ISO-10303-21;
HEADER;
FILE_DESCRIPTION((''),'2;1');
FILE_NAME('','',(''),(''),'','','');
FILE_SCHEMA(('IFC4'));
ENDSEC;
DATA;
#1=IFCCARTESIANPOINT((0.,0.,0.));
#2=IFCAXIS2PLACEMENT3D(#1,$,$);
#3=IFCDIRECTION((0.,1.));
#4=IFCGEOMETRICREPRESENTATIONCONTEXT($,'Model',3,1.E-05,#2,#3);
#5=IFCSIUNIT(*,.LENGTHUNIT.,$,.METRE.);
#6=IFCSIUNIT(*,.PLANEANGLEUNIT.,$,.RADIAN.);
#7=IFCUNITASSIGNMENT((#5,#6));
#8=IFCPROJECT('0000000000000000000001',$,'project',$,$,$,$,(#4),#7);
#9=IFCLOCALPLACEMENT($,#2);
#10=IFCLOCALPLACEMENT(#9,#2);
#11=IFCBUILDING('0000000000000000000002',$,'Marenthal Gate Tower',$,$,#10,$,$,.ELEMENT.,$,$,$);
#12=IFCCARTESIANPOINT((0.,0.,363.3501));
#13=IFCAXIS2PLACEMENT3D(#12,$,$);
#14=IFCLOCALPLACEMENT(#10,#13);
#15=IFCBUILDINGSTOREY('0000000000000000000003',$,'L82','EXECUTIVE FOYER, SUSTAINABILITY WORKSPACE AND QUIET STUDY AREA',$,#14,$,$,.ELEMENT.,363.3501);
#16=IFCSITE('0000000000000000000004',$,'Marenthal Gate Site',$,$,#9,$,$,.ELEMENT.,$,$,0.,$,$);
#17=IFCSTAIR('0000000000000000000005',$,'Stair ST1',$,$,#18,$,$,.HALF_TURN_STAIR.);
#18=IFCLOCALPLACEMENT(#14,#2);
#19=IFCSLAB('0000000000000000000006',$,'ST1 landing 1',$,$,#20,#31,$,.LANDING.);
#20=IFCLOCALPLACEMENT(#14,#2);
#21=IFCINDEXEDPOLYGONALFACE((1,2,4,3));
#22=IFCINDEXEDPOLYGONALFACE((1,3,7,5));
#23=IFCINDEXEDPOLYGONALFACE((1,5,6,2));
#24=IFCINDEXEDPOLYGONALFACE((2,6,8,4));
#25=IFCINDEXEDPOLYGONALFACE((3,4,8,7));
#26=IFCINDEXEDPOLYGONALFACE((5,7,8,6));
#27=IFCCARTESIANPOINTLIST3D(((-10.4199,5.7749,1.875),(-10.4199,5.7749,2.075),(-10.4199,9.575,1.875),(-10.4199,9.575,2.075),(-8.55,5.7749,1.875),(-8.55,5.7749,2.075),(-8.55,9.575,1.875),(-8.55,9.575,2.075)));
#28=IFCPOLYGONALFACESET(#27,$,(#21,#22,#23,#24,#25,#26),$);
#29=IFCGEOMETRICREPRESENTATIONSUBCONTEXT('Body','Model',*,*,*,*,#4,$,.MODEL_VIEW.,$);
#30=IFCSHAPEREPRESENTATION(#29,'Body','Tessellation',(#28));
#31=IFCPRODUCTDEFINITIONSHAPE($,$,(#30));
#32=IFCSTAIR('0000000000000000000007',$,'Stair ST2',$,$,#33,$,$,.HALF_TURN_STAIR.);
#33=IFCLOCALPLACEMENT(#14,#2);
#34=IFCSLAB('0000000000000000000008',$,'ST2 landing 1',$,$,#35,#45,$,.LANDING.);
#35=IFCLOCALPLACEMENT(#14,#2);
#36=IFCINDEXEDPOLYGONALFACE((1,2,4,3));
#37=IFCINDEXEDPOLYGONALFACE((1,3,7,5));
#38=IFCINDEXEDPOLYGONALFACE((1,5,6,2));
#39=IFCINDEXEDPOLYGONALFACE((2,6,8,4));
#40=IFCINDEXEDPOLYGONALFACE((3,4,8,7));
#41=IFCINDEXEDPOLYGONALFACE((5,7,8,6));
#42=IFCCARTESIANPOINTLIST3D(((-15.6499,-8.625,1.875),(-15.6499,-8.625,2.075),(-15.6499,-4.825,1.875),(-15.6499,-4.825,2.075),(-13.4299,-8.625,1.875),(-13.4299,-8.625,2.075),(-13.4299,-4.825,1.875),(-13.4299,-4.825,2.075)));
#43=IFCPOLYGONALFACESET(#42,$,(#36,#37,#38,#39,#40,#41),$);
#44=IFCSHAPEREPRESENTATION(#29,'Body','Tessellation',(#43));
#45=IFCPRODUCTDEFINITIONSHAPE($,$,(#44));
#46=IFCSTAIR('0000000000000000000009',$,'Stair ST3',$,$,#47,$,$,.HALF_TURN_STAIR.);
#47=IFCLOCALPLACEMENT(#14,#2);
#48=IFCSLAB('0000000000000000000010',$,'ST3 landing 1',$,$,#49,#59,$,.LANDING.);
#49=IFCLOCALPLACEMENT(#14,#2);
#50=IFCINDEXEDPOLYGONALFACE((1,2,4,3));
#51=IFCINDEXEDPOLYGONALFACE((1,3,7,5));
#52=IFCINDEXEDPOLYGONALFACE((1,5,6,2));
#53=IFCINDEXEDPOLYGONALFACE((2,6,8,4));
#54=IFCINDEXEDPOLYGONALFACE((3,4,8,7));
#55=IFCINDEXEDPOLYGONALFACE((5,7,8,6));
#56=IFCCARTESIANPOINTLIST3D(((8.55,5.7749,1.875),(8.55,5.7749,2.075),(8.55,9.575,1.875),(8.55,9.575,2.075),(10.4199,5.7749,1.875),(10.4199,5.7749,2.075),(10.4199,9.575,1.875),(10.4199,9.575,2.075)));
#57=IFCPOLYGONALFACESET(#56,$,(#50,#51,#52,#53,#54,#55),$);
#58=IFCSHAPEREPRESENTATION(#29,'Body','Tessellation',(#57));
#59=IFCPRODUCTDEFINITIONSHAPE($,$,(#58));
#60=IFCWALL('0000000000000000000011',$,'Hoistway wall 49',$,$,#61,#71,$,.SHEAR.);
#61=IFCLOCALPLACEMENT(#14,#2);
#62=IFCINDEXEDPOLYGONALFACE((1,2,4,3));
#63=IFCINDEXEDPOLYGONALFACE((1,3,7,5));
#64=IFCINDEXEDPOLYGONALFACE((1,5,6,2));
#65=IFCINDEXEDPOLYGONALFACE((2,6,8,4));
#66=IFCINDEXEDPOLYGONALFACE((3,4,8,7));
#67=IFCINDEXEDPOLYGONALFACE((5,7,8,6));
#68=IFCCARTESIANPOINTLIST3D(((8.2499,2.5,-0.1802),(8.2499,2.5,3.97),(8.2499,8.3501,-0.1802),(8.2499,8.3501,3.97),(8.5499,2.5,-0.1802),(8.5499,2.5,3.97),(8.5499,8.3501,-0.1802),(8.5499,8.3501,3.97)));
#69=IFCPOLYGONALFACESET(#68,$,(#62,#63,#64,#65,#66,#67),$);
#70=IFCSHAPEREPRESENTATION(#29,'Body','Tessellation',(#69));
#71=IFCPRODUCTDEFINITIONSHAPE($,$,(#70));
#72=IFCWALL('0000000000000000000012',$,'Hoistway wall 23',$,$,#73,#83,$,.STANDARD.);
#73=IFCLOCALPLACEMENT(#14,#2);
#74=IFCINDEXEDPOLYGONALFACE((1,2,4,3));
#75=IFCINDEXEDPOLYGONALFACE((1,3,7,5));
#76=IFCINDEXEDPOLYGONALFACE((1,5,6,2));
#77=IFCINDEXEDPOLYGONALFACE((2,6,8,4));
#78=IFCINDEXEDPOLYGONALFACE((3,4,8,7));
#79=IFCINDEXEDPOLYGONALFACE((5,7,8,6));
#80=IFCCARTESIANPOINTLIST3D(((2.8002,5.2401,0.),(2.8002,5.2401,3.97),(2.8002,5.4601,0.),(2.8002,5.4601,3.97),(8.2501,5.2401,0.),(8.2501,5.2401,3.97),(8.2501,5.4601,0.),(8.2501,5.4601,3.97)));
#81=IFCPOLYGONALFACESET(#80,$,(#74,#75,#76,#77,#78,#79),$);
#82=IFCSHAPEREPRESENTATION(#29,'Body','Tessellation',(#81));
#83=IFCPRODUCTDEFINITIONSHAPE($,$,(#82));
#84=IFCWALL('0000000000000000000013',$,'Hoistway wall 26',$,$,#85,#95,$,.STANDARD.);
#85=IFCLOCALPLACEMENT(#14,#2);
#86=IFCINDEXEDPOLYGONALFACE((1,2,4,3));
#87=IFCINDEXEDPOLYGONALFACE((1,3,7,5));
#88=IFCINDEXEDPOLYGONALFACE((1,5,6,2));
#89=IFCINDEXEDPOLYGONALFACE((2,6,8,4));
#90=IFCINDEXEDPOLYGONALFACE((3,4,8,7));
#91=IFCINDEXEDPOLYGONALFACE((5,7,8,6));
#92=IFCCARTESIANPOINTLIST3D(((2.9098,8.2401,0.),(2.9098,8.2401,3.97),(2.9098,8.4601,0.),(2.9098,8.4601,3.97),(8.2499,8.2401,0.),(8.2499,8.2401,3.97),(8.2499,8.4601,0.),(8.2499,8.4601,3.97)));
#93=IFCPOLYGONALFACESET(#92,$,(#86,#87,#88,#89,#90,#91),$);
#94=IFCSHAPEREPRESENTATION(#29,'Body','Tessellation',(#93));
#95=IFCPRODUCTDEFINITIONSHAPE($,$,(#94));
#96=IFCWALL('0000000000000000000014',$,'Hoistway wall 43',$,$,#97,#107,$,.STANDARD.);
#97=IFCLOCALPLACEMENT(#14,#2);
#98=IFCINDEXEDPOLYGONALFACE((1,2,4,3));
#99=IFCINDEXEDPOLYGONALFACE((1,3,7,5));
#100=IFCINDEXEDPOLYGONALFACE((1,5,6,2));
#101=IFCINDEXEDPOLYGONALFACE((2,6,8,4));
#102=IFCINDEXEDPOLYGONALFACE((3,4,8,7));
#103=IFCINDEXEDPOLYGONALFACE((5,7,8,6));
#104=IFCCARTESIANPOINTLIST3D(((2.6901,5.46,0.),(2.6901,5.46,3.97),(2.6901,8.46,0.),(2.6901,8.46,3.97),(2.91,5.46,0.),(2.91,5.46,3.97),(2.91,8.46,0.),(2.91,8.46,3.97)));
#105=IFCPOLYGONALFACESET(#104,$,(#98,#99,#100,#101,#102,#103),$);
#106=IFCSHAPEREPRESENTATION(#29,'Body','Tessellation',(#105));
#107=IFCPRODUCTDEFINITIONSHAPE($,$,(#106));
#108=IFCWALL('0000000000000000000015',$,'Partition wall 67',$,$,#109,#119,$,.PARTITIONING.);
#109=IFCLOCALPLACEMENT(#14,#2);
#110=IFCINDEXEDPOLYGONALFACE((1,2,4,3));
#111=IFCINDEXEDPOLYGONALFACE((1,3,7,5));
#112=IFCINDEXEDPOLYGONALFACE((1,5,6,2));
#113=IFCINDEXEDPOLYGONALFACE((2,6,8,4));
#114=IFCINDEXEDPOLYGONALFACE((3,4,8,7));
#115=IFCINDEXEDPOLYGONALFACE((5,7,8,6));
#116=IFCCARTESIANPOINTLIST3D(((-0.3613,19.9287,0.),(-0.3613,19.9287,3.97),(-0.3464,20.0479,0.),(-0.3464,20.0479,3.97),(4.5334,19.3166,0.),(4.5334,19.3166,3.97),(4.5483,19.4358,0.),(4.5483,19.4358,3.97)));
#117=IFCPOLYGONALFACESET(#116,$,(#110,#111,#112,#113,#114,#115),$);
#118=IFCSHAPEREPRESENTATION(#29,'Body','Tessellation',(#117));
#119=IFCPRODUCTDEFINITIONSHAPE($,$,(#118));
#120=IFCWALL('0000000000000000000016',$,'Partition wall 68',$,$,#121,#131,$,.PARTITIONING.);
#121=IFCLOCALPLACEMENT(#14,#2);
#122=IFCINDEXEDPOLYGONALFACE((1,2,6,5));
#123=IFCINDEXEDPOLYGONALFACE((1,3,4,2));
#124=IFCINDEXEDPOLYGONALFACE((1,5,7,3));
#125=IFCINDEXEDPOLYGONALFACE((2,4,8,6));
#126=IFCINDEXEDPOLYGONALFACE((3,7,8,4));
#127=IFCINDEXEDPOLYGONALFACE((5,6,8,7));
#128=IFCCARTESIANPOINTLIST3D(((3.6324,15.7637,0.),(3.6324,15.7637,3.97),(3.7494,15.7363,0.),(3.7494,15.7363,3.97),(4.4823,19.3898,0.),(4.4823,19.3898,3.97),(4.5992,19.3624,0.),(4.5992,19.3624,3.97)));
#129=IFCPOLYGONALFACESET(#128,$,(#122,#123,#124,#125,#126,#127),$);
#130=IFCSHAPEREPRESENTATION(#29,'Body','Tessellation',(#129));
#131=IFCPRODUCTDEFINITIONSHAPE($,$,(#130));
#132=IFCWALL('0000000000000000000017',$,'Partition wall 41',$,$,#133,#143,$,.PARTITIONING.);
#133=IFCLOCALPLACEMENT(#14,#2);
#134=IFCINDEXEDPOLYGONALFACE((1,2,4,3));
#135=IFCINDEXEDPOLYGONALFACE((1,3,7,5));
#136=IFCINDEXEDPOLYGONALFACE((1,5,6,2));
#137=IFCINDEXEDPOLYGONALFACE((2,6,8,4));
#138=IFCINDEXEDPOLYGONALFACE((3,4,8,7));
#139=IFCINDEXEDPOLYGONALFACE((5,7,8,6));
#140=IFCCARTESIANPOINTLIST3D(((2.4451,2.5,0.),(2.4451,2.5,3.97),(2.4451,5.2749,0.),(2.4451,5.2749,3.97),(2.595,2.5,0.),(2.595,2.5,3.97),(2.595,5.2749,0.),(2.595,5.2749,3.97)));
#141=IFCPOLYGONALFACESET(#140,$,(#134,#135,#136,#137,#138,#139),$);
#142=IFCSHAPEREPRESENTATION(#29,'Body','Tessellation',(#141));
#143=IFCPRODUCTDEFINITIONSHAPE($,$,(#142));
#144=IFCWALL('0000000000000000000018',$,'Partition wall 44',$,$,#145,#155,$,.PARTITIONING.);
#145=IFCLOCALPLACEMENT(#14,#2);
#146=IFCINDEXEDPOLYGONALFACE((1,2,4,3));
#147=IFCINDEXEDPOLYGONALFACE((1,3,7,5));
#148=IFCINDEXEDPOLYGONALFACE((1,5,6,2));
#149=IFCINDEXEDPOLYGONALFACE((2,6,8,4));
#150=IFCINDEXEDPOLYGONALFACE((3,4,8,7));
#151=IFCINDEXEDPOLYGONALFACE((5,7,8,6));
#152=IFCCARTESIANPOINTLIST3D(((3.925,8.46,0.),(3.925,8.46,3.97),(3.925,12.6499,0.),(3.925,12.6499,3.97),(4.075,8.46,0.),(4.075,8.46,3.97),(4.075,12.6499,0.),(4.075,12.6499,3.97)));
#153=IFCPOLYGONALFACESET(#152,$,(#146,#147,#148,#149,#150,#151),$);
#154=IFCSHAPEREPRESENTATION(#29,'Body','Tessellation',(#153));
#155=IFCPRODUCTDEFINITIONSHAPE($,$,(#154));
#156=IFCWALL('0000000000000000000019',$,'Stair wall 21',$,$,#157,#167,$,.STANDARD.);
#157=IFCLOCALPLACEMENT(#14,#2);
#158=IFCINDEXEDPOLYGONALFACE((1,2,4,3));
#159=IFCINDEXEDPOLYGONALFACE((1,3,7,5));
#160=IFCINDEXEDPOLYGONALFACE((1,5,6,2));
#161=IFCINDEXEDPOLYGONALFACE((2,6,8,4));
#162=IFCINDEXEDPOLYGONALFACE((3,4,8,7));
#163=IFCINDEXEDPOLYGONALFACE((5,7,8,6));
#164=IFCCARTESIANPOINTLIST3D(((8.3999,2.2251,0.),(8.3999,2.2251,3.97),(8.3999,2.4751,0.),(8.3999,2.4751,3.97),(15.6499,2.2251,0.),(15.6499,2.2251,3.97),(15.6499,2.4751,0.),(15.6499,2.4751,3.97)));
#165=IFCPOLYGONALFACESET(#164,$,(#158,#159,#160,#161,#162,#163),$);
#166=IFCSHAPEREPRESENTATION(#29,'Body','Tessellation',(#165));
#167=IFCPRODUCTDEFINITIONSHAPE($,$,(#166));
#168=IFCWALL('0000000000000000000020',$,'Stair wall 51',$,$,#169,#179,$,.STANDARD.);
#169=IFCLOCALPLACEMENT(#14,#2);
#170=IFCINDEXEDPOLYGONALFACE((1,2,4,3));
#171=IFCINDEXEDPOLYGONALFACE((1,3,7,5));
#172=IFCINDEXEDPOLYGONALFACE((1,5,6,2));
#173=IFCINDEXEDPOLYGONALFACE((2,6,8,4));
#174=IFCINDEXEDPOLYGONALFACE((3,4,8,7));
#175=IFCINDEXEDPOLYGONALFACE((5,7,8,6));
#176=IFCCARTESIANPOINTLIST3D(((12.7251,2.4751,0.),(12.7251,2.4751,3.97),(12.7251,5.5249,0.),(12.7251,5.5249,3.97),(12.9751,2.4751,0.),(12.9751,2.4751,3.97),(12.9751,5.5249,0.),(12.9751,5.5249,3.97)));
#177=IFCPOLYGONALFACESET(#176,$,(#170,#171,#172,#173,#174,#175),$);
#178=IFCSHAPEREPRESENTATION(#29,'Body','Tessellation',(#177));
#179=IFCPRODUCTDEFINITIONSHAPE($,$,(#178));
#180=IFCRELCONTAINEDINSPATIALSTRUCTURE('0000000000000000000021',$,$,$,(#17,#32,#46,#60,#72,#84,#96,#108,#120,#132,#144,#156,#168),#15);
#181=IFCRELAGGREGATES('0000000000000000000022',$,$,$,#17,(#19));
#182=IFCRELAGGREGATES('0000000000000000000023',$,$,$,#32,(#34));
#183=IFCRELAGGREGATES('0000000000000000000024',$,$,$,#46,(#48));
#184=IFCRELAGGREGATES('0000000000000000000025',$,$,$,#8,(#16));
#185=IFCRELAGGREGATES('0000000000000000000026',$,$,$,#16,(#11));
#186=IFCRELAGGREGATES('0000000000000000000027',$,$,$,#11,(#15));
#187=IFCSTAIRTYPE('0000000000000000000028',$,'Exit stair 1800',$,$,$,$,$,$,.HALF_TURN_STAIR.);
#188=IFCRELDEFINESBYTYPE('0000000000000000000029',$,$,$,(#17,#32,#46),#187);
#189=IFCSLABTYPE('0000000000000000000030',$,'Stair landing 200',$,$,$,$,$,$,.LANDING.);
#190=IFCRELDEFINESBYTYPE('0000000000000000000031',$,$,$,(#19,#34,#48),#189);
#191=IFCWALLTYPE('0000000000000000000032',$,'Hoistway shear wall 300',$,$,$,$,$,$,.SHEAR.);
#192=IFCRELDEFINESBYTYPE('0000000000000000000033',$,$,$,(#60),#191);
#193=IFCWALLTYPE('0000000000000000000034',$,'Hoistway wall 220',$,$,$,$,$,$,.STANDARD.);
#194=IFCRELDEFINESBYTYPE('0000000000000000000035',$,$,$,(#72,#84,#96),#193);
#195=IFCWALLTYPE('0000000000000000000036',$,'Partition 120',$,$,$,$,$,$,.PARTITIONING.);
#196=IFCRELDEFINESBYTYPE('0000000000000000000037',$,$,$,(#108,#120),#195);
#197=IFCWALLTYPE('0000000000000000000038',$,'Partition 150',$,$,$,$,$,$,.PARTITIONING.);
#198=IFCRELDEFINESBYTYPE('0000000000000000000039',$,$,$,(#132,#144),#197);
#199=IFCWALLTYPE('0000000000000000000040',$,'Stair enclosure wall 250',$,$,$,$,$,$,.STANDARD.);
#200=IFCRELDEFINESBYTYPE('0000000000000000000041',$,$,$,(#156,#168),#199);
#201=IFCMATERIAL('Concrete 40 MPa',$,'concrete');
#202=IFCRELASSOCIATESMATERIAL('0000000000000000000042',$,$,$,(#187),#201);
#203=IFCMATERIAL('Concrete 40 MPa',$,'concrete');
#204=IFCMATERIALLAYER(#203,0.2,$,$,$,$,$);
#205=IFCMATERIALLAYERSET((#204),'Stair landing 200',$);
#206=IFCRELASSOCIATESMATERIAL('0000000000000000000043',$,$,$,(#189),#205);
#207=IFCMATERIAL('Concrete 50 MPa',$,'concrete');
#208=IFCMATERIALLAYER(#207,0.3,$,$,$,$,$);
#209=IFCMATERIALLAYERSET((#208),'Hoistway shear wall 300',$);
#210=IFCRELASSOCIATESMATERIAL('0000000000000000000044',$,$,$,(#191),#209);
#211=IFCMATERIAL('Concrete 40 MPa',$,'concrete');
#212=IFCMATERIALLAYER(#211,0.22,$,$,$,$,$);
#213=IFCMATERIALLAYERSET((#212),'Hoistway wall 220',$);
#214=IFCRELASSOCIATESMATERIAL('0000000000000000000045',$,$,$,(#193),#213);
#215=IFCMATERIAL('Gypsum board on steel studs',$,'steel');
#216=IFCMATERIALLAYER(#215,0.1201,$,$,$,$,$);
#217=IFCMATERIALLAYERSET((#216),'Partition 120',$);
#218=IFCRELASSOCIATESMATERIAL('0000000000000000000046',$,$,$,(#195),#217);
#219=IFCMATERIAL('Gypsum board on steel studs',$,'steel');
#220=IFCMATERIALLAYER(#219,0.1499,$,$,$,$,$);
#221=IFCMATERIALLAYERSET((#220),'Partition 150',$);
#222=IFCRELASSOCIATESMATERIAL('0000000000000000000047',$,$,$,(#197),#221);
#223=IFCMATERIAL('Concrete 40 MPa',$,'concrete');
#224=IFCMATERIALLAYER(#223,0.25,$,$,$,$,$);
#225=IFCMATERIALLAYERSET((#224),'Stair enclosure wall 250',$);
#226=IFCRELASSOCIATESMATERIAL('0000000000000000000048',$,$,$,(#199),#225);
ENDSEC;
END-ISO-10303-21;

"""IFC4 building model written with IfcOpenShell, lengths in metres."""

from ifc_helpers import new_model, si_unit, direction, frame, frame_2d, origin, place, context, subcontext, project, spatial, polyline, rectangle, outline, extrude, material, layer, layer_set, type_object, element, aggregate, save


model = new_model("IFC4")

# Units and contexts
model_context = context("Model", 3, precision=1e-05, world=origin(), true_north=direction((0.0, 1.0)))
body_context = subcontext(model_context, "Body", "Model", "MODEL_VIEW")
ifc_project = project(units=[si_unit("LENGTHUNIT", "METRE"), si_unit("PLANEANGLEUNIT", "RADIAN")], contexts=[model_context])

# Site, building, storey
site_placement = place(None, origin())
site = spatial("IfcSite", under=ifc_project, at=site_placement, Name="Marenthal Gate Site", CompositionType="ELEMENT", RefElevation=0.0)
building_placement = place(site_placement, origin())
building = spatial("IfcBuilding", under=site, at=building_placement, Name="Marenthal Gate Tower", CompositionType="ELEMENT")
storey_placement = place(building_placement, frame((0.0, 0.0, 363.3501)))
storey = spatial("IfcBuildingStorey", under=building, at=storey_placement, Name="L82", Description="EXECUTIVE FOYER, SUSTAINABILITY WORKSPACE AND QUIET STUDY AREA", CompositionType="ELEMENT", Elevation=363.3501)

# Stairs, slabs
ifc_material_1 = material(Name="Concrete 40 MPa", Category="concrete")
stair_type = type_object("IfcStairType", Name="Exit stair 1800", PredefinedType="HALF_TURN_STAIR", material=ifc_material_1)
stair_1_placement = place(storey_placement, origin())
stair_1 = element("IfcStair", 1, at=stair_1_placement, inside=storey, type_object=stair_type, Name="Stair ST1", PredefinedType="HALF_TURN_STAIR")
ifc_material_2 = material(Name="Concrete 40 MPa", Category="concrete")
ifc_layer_1 = layer(ifc_material_2, 0.2)
ifc_layer_set_1 = layer_set([ifc_layer_1], Name="Stair landing 200")
slab_type_1 = type_object("IfcSlabType", Name="Stair landing 200", PredefinedType="LANDING", material=ifc_layer_set_1)
slab_1_placement = place(storey_placement, frame((0.0, 0.0, 1.875)))
slab_1 = element("IfcSlab", 2, at=slab_1_placement, type_object=slab_type_1, Name="ST1 landing 1", PredefinedType="LANDING", context=body_context, shape_type="SweptSolid", body=[
    extrude(outline(polyline([(-10.4199, 5.7749), (-8.55, 5.7749), (-8.55, 9.575), (-10.4199, 9.575), (-10.4199, 5.7749)])), origin(), (0.0, 0.0, 1.0), 0.2),
])
aggregate(stair_1, [slab_1])
stair_2_placement = place(storey_placement, origin())
stair_2 = element("IfcStair", 3, at=stair_2_placement, inside=storey, type_object=stair_type, Name="Stair ST2", PredefinedType="HALF_TURN_STAIR")
slab_2_placement = place(storey_placement, frame((0.0, 0.0, 1.875)))
slab_2 = element("IfcSlab", 4, at=slab_2_placement, type_object=slab_type_1, Name="ST2 landing 1", PredefinedType="LANDING", context=body_context, shape_type="SweptSolid", body=[
    extrude(outline(polyline([(-15.6499, -8.625), (-13.4299, -8.625), (-13.4299, -4.825), (-15.6499, -4.825), (-15.6499, -8.625)])), origin(), (0.0, 0.0, 1.0), 0.2),
])
aggregate(stair_2, [slab_2])
stair_3_placement = place(storey_placement, origin())
stair_3 = element("IfcStair", 5, at=stair_3_placement, inside=storey, type_object=stair_type, Name="Stair ST3", PredefinedType="HALF_TURN_STAIR")
slab_3_placement = place(storey_placement, frame((0.0, 0.0, 1.875)))
slab_3 = element("IfcSlab", 6, at=slab_3_placement, type_object=slab_type_1, Name="ST3 landing 1", PredefinedType="LANDING", context=body_context, shape_type="SweptSolid", body=[
    extrude(outline(polyline([(8.55, 5.7749), (10.4199, 5.7749), (10.4199, 9.575), (8.55, 9.575), (8.55, 5.7749)])), origin(), (0.0, 0.0, 1.0), 0.2),
])

# Walls
ifc_material_3 = material(Name="Concrete 50 MPa", Category="concrete")
ifc_layer_2 = layer(ifc_material_3, 0.3)
ifc_layer_set_2 = layer_set([ifc_layer_2], Name="Hoistway shear wall 300")
wall_type_1 = type_object("IfcWallType", Name="Hoistway shear wall 300", PredefinedType="SHEAR", material=ifc_layer_set_2)
wall_1_placement = place(storey_placement, frame((8.3999, 2.5, -0.1802), z_axis=(0.0, 0.0, 1.0), x_axis=(0.0, 1.0, 0.0)))
element("IfcWall", 7, at=wall_1_placement, inside=storey, type_object=wall_type_1, Name="Hoistway wall 49", PredefinedType="SHEAR", context=body_context, shape_type="SweptSolid", body=[
    extrude(rectangle(XDim=5.8501, YDim=0.3, at=frame_2d((2.925, 0.0))), origin(), (0.0, 0.0, 1.0), 4.1501),
])
ifc_material_4 = material(Name="Concrete 40 MPa", Category="concrete")
ifc_layer_3 = layer(ifc_material_4, 0.22)
ifc_layer_set_3 = layer_set([ifc_layer_3], Name="Hoistway wall 220")
wall_type_2 = type_object("IfcWallType", Name="Hoistway wall 220", PredefinedType="STANDARD", material=ifc_layer_set_3)
wall_2_placement = place(storey_placement, frame((2.8, 5.3501, 0.0), z_axis=(0.0, 0.0, 1.0), x_axis=(1.0, 0.0, 0.0)))
element("IfcWall", 8, at=wall_2_placement, inside=storey, type_object=wall_type_2, Name="Hoistway wall 23", PredefinedType="STANDARD", context=body_context, shape_type="SweptSolid", body=[
    extrude(rectangle(XDim=5.45, YDim=0.22, at=frame_2d((2.7251, 0.0))), origin(), (0.0, 0.0, 1.0), 3.97),
])
wall_3_placement = place(storey_placement, frame((2.9099, 8.3501, 0.0), z_axis=(0.0, 0.0, 1.0), x_axis=(1.0, 0.0, 0.0)))
element("IfcWall", 9, at=wall_3_placement, inside=storey, type_object=wall_type_2, Name="Hoistway wall 26", PredefinedType="STANDARD", context=body_context, shape_type="SweptSolid", body=[
    extrude(rectangle(XDim=5.3401, YDim=0.22, at=frame_2d((2.6699, 0.0))), origin(), (0.0, 0.0, 1.0), 3.97),
])
wall_4_placement = place(storey_placement, frame((2.8, 5.46, 0.0), z_axis=(0.0, 0.0, 1.0), x_axis=(0.0, 1.0, 0.0)))
element("IfcWall", 10, at=wall_4_placement, inside=storey, type_object=wall_type_2, Name="Hoistway wall 43", PredefinedType="STANDARD", context=body_context, shape_type="SweptSolid", body=[
    extrude(rectangle(XDim=3.0, YDim=0.22, at=frame_2d((1.5, 0.0))), origin(), (0.0, 0.0, 1.0), 3.97),
])
ifc_material_5 = material(Name="Gypsum board on steel studs", Category="steel")
ifc_layer_4 = layer(ifc_material_5, 0.1201)
ifc_layer_set_4 = layer_set([ifc_layer_4], Name="Partition 120")
wall_type_3 = type_object("IfcWallType", Name="Partition 120", PredefinedType="PARTITIONING", material=ifc_layer_set_4)
wall_5_placement = place(storey_placement, frame((4.5408, 19.3762, 0.0), z_axis=(0.0, 0.0, 1.0), x_axis=(-0.992273, 0.124077, 0.0)))
element("IfcWall", 11, at=wall_5_placement, inside=storey, type_object=wall_type_3, Name="Partition wall 67", PredefinedType="PARTITIONING", context=body_context, shape_type="SweptSolid", body=[
    extrude(rectangle(XDim=4.9329, YDim=0.1201, at=frame_2d((2.4663, 0.0))), origin(), (0.0, 0.0, 1.0), 3.97),
])
wall_6_placement = place(storey_placement, frame((4.5408, 19.3762, 0.0), z_axis=(0.0, 0.0, 1.0), x_axis=(-0.228181, -0.973619, 0.0)))
element("IfcWall", 12, at=wall_6_placement, inside=storey, type_object=wall_type_3, Name="Partition wall 68", PredefinedType="PARTITIONING", context=body_context, shape_type="SweptSolid", body=[
    extrude(rectangle(XDim=3.7244, YDim=0.1201, at=frame_2d((1.8623, 0.0))), origin(), (0.0, 0.0, 1.0), 3.97),
])
ifc_material_6 = material(Name="Gypsum board on steel studs", Category="steel")
ifc_layer_5 = layer(ifc_material_6, 0.1499)
ifc_layer_set_5 = layer_set([ifc_layer_5], Name="Partition 150")
wall_type_4 = type_object("IfcWallType", Name="Partition 150", PredefinedType="PARTITIONING", material=ifc_layer_set_5)
wall_7_placement = place(storey_placement, frame((2.52, 2.5, 0.0), z_axis=(0.0, 0.0, 1.0), x_axis=(0.0, 1.0, 0.0)))
element("IfcWall", 13, at=wall_7_placement, inside=storey, type_object=wall_type_4, Name="Partition wall 41", PredefinedType="PARTITIONING", context=body_context, shape_type="SweptSolid", body=[
    extrude(rectangle(XDim=2.7749, YDim=0.1499, at=frame_2d((1.3875, 0.0))), origin(), (0.0, 0.0, 1.0), 3.97),
])
wall_8_placement = place(storey_placement, frame((4.0, 8.46, 0.0), z_axis=(0.0, 0.0, 1.0), x_axis=(0.0, 1.0, 0.0)))
element("IfcWall", 14, at=wall_8_placement, inside=storey, type_object=wall_type_4, Name="Partition wall 44", PredefinedType="PARTITIONING", context=body_context, shape_type="SweptSolid", body=[
    extrude(rectangle(XDim=4.1899, YDim=0.1499, at=frame_2d((2.095, 0.0))), origin(), (0.0, 0.0, 1.0), 3.97),
])
ifc_material_7 = material(Name="Concrete 40 MPa", Category="concrete")
ifc_layer_6 = layer(ifc_material_7, 0.25)
ifc_layer_set_6 = layer_set([ifc_layer_6], Name="Stair enclosure wall 250")
wall_type_5 = type_object("IfcWallType", Name="Stair enclosure wall 250", PredefinedType="STANDARD", material=ifc_layer_set_6)
wall_9_placement = place(storey_placement, frame((8.3999, 2.3501, 0.0), z_axis=(0.0, 0.0, 1.0), x_axis=(1.0, 0.0, 0.0)))
element("IfcWall", 15, at=wall_9_placement, inside=storey, type_object=wall_type_5, Name="Stair wall 21", PredefinedType="STANDARD", context=body_context, shape_type="SweptSolid", body=[
    extrude(rectangle(XDim=7.25, YDim=0.25, at=frame_2d((3.625, 0.0))), origin(), (0.0, 0.0, 1.0), 3.97),
])
wall_10_placement = place(storey_placement, frame((12.8501, 2.4751, 0.0), z_axis=(0.0, 0.0, 1.0), x_axis=(0.0, 1.0, 0.0)))
element("IfcWall", 16, at=wall_10_placement, inside=storey, type_object=wall_type_5, Name="Stair wall 51", PredefinedType="STANDARD", context=body_context, shape_type="SweptSolid", body=[
    extrude(rectangle(XDim=3.0498, YDim=0.25, at=frame_2d((1.5249, 0.0))), origin(), (0.0, 0.0, 1.0), 3.97),
])

aggregate(stair_3, [slab_3])

save(model, "model.ifc")
